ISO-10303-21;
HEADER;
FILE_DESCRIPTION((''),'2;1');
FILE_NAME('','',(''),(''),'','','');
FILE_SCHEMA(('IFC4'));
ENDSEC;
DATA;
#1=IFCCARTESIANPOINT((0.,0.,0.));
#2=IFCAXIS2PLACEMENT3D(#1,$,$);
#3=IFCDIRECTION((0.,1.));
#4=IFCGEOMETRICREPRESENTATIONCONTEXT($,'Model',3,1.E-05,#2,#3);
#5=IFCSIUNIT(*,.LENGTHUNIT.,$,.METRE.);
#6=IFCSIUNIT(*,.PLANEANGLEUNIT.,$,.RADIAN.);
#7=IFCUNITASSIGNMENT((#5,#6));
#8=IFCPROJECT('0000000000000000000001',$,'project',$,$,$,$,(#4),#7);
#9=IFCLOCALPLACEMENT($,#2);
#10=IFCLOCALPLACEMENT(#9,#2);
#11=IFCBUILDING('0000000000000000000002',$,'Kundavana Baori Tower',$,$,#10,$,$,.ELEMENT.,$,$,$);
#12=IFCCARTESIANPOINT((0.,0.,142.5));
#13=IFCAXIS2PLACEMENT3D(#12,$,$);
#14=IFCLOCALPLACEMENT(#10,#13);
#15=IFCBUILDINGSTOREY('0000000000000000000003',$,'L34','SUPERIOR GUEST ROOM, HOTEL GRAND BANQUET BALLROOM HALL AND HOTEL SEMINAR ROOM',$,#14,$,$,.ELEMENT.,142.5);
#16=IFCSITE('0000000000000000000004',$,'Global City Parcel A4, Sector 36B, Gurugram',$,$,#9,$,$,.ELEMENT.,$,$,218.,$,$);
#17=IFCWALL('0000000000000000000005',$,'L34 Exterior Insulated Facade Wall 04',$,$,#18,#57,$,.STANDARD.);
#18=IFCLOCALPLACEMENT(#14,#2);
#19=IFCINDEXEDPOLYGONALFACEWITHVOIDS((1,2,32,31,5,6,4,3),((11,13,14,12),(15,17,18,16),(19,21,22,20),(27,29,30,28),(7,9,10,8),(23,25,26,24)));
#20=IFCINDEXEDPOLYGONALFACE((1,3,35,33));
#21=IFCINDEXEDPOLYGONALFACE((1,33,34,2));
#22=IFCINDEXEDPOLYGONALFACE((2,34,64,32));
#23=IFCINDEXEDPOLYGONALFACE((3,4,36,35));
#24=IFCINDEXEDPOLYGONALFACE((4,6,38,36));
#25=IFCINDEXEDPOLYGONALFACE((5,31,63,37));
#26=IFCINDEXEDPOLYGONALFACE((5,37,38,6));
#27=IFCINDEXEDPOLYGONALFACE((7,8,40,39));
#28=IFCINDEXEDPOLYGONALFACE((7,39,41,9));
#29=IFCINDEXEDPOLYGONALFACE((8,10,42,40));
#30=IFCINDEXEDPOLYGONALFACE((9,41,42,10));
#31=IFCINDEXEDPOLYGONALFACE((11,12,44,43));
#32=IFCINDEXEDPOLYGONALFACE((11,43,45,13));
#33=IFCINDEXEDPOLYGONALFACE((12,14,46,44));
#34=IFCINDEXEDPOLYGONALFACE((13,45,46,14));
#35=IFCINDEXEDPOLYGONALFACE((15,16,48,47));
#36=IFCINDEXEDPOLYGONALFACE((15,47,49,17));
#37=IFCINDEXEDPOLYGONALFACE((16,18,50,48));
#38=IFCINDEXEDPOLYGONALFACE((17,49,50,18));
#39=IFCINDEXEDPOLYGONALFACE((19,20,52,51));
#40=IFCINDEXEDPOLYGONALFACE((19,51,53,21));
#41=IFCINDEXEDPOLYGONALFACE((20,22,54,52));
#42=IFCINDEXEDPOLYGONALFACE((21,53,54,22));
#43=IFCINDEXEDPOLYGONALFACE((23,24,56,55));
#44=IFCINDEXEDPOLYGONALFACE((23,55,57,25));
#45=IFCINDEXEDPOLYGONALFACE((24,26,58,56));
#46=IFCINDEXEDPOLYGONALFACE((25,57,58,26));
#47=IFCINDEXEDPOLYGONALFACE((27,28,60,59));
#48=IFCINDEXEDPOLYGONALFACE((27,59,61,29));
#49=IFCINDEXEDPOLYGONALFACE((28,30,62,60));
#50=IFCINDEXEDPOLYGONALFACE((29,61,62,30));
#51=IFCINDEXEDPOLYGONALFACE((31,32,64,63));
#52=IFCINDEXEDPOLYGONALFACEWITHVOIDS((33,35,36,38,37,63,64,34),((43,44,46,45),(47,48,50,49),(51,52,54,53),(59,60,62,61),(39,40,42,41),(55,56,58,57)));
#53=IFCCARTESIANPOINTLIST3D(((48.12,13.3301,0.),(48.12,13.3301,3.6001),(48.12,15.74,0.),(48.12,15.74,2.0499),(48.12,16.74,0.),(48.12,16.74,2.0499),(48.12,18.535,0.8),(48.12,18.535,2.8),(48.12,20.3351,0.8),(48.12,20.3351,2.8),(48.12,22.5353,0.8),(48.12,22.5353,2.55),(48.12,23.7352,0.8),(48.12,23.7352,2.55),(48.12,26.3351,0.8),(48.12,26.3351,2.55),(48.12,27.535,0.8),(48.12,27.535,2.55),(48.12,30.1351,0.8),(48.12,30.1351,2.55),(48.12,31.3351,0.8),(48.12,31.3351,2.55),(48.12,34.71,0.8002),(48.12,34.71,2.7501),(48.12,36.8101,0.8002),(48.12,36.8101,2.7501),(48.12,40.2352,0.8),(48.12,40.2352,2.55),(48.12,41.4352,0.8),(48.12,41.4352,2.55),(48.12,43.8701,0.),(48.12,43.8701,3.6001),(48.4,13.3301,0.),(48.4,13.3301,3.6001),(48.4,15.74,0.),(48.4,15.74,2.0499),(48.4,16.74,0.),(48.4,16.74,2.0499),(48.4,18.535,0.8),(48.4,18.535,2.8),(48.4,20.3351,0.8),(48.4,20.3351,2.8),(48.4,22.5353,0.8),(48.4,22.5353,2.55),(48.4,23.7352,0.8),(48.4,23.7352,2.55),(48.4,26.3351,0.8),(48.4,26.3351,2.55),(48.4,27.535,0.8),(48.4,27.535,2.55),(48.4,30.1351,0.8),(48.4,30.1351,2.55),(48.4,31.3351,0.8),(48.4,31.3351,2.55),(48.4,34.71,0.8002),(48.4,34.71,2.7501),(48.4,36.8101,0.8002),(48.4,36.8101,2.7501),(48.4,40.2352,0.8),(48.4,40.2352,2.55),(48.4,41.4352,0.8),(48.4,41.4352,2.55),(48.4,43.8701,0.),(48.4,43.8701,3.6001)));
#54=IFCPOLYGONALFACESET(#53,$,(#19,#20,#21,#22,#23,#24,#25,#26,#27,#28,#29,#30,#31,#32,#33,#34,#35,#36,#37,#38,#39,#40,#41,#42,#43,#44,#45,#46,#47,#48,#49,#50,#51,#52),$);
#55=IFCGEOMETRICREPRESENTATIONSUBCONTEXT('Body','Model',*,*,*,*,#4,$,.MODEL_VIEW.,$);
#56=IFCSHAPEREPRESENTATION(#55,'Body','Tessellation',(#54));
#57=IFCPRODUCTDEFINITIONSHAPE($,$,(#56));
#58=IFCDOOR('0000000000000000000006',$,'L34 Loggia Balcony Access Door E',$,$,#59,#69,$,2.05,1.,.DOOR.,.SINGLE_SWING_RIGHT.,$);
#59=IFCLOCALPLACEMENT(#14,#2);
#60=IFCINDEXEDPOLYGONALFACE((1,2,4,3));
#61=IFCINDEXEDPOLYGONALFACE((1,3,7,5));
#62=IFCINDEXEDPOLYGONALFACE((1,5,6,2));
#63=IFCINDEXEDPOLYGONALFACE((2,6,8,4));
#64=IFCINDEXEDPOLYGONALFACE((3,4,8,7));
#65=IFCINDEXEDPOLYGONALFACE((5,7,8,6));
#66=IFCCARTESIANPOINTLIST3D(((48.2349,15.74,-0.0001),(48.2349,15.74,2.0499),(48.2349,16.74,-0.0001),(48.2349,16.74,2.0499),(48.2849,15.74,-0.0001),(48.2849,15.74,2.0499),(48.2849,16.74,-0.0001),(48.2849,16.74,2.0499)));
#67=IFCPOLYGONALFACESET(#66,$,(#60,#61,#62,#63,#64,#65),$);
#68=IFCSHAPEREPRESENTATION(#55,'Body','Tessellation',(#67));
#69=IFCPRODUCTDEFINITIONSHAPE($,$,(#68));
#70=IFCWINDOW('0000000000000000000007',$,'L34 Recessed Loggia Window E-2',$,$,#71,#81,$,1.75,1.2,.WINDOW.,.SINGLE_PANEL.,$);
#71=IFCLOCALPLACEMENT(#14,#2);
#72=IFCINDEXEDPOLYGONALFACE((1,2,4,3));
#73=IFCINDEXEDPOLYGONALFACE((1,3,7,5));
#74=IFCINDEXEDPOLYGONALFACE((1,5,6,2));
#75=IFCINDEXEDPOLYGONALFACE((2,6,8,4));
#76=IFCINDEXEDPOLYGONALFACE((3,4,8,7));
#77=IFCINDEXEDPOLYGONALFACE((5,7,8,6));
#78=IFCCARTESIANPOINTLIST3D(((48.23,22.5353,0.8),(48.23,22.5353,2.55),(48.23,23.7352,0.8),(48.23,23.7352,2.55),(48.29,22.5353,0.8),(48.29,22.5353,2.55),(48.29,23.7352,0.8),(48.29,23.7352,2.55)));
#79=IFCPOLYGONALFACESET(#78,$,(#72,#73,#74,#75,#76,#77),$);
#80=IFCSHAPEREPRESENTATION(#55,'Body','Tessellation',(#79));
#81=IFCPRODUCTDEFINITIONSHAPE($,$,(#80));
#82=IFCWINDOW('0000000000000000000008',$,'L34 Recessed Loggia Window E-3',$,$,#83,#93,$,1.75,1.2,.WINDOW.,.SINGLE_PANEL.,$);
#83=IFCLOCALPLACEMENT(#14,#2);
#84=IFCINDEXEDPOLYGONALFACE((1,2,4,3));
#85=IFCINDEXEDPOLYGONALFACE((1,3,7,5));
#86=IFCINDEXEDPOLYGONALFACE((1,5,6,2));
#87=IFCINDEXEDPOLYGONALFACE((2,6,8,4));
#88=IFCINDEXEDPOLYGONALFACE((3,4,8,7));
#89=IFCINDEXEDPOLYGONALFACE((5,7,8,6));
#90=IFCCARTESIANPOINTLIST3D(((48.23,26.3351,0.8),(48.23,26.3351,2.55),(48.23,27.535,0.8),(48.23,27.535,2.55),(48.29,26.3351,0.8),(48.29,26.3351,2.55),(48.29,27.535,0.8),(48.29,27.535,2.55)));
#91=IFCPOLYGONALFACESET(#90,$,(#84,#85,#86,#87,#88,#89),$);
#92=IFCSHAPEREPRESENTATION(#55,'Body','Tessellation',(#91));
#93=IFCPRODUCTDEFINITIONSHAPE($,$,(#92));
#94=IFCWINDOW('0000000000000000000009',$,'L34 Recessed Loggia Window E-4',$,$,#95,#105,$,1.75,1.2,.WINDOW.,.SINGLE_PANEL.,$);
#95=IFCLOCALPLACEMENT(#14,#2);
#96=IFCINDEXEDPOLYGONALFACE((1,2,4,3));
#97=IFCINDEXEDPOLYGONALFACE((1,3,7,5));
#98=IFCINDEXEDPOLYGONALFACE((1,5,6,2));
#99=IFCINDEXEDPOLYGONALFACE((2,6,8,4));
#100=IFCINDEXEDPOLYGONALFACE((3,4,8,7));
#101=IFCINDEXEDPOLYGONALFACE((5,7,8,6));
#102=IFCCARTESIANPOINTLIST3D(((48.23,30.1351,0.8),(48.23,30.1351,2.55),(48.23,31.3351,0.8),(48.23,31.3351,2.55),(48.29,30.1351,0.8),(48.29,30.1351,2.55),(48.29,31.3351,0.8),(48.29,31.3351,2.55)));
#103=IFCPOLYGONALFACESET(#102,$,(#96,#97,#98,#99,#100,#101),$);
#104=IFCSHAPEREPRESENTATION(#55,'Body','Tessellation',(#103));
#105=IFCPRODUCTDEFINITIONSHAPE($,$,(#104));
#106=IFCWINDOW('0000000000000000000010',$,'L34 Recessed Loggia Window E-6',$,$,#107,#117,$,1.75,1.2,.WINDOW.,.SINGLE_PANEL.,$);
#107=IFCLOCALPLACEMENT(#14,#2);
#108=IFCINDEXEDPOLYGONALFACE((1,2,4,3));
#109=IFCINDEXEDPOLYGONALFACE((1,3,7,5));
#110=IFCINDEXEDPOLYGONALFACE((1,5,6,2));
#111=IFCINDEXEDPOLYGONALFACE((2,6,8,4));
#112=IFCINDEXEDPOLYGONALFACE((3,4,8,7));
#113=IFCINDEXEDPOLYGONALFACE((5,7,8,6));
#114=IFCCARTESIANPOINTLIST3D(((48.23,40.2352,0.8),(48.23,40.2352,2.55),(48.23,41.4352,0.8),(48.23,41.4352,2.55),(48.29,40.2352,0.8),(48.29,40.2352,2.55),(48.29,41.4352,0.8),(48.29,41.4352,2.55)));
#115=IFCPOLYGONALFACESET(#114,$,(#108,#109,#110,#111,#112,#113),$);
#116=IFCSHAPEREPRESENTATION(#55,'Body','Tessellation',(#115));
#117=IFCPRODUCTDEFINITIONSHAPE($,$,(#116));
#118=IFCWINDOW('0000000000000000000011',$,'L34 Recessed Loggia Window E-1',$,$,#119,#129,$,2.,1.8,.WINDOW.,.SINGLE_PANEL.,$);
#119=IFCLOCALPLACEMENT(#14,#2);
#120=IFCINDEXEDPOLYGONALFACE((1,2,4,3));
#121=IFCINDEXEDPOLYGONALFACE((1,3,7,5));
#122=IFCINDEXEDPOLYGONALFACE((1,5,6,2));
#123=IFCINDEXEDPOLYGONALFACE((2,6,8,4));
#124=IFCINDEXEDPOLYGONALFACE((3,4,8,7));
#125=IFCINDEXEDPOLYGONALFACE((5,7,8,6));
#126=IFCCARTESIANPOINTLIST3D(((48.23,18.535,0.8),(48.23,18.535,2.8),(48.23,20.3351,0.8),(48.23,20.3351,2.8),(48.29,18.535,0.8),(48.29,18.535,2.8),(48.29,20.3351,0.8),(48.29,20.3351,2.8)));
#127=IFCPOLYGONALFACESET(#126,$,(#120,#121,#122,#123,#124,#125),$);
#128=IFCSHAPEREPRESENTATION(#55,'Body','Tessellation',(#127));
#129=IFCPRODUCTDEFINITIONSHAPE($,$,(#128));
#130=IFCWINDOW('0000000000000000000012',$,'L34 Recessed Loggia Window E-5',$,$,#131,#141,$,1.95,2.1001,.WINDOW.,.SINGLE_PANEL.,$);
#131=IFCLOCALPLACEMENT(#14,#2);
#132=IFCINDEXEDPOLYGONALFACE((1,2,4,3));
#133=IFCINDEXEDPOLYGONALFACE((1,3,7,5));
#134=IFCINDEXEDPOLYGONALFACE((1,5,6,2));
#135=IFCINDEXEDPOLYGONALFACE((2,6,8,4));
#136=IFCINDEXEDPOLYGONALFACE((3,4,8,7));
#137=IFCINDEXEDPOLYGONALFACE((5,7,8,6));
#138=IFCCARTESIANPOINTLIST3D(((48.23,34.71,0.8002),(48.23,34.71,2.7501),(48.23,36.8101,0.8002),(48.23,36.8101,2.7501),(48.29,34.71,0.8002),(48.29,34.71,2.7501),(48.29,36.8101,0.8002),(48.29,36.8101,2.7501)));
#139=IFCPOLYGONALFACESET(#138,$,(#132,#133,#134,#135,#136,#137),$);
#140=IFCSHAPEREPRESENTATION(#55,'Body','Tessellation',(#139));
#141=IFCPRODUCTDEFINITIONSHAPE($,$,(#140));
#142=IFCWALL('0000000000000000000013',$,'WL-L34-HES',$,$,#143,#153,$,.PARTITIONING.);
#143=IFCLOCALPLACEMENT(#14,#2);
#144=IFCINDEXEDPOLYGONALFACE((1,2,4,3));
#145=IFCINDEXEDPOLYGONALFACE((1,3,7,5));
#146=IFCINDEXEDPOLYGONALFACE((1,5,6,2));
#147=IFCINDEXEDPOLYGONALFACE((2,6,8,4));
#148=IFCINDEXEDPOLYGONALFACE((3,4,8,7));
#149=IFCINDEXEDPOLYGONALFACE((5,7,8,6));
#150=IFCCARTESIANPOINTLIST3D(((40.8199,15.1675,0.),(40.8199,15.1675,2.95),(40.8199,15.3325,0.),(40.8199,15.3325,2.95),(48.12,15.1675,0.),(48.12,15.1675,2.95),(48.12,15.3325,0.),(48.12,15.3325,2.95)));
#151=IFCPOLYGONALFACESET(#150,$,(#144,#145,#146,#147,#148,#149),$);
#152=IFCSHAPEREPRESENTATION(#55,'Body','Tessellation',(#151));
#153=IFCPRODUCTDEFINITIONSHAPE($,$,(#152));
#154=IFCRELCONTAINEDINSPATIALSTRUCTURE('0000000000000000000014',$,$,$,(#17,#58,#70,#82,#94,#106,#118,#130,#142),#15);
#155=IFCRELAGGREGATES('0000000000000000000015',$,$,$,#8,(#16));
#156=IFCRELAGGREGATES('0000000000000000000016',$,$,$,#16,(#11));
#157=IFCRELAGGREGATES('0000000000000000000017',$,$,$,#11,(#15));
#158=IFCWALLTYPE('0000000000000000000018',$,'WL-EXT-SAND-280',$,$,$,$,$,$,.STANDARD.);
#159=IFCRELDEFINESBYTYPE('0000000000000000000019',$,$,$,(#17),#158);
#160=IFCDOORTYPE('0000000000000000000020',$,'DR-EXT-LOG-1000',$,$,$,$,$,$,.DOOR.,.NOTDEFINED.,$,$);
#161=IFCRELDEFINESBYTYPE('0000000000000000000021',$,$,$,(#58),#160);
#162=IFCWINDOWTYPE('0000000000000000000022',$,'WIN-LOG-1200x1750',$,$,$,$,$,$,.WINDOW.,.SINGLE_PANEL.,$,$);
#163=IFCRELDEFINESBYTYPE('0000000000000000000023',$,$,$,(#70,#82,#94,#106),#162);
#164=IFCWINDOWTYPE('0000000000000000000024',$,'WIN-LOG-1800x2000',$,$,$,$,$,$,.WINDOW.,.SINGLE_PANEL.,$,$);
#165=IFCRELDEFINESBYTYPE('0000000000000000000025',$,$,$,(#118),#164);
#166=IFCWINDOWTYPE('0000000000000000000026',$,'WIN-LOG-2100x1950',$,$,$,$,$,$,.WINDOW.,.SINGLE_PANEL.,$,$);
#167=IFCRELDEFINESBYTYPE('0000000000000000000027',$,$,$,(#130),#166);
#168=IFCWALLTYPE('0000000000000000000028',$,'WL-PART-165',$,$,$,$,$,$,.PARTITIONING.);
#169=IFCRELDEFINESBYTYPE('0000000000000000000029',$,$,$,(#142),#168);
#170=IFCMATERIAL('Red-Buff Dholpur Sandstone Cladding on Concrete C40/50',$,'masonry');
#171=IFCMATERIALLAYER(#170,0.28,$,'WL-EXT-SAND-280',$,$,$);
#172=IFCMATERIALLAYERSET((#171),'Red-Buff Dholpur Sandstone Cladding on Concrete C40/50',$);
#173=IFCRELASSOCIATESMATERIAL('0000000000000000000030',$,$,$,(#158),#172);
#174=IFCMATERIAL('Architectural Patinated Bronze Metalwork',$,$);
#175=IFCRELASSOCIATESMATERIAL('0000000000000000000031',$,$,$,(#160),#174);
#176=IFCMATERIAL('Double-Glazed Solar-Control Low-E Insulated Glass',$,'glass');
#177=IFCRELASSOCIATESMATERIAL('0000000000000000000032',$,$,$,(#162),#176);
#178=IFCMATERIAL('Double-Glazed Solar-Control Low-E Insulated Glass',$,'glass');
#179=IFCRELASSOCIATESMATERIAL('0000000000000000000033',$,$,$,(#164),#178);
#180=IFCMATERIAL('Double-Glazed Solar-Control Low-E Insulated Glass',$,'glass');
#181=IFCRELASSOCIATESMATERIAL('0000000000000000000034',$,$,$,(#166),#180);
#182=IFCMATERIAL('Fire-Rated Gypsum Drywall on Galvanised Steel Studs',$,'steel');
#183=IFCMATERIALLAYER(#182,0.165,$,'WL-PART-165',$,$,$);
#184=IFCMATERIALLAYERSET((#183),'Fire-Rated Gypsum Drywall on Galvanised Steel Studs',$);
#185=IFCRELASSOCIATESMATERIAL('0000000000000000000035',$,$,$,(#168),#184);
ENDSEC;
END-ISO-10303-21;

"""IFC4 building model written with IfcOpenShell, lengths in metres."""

from ifc_helpers import new_model, si_unit, direction, frame, frame_2d, origin, place, context, subcontext, project, spatial, rectangle, extrude, material, layer, layer_set, type_object, element, fill, save


model = new_model("IFC4")

# Units and contexts
model_context = context("Model", 3, precision=1e-05, world=origin(), true_north=direction((0.0, 1.0)))
body_context = subcontext(model_context, "Body", "Model", "MODEL_VIEW")
ifc_project = project(units=[si_unit("LENGTHUNIT", "METRE"), si_unit("PLANEANGLEUNIT", "RADIAN")], contexts=[model_context])

# Site, building, storey
site_placement = place(None, origin())
site = spatial("IfcSite", under=ifc_project, at=site_placement, Name="Global City Parcel A4, Sector 36B, Gurugram", CompositionType="ELEMENT", RefElevation=218.0)
building_placement = place(site_placement, origin())
building = spatial("IfcBuilding", under=site, at=building_placement, Name="Kundavana Baori Tower", CompositionType="ELEMENT")
storey_placement = place(building_placement, frame((0.0, 0.0, 142.5)))
storey = spatial("IfcBuildingStorey", under=building, at=storey_placement, Name="L34", Description="SUPERIOR GUEST ROOM, HOTEL GRAND BANQUET BALLROOM HALL AND HOTEL SEMINAR ROOM", CompositionType="ELEMENT", Elevation=142.5)

# Shared definitions
ifc_material_1 = material(Name="Red-Buff Dholpur Sandstone Cladding on Concrete C40/50", Category="masonry")
ifc_layer_1 = layer(ifc_material_1, 0.28, Name="WL-EXT-SAND-280")
ifc_layer_set_1 = layer_set([ifc_layer_1], Name="Red-Buff Dholpur Sandstone Cladding on Concrete C40/50")
wall_type_1 = type_object("IfcWallType", Name="WL-EXT-SAND-280", PredefinedType="STANDARD", material=ifc_layer_set_1)

# Wall, openings, door, windows
wall_1_placement = place(storey_placement, frame((48.26, 13.3301, 0.0), z_axis=(0.0, 0.0, 1.0), x_axis=(0.0, 1.0, 0.0)))
wall_1 = element("IfcWall", 1, at=wall_1_placement, inside=storey, type_object=wall_type_1, Name="L34 Exterior Insulated Facade Wall 04", PredefinedType="STANDARD", context=body_context, shape_type="SweptSolid", body=[
    extrude(rectangle(XDim=30.54, YDim=0.28, at=frame_2d((15.27, 0.0))), origin(), (0.0, 0.0, 1.0), 3.6001),
])
opening_1_placement = place(wall_1_placement, frame((2.4099, 0.0, 0.0)))
opening_1 = element("IfcOpeningElement", 2, at=opening_1_placement, cuts=wall_1, PredefinedType="OPENING", context=body_context, shape_type="SweptSolid", body=[
    extrude(rectangle(XDim=1.0, YDim=2.05, at=frame_2d((0.5, 1.0249))), frame((0.0, 0.1499, 0.0), z_axis=(0.0, -1.0, 0.0), x_axis=(1.0, 0.0, 0.0)), (0.0, 0.0, 1.0), 0.3),
])
opening_2_placement = place(wall_1_placement, frame((5.2051, 0.0, 0.8)))
opening_2 = element("IfcOpeningElement", 3, at=opening_2_placement, cuts=wall_1, PredefinedType="OPENING", context=body_context, shape_type="SweptSolid", body=[
    extrude(rectangle(XDim=1.8, YDim=2.0, at=frame_2d((0.8999, 1.0))), frame((0.0, 0.1499, 0.0), z_axis=(0.0, -1.0, 0.0), x_axis=(1.0, 0.0, 0.0)), (0.0, 0.0, 1.0), 0.3),
])
opening_3_placement = place(wall_1_placement, frame((9.2051, 0.0, 0.8)))
opening_3 = element("IfcOpeningElement", 4, at=opening_3_placement, cuts=wall_1, PredefinedType="OPENING", context=body_context, shape_type="SweptSolid", body=[
    extrude(rectangle(XDim=1.2, YDim=1.75, at=frame_2d((0.6001, 0.875))), frame((0.0, 0.1499, 0.0), z_axis=(0.0, -1.0, 0.0), x_axis=(1.0, 0.0, 0.0)), (0.0, 0.0, 1.0), 0.3),
])
opening_4_placement = place(wall_1_placement, frame((13.0049, 0.0, 0.8)))
opening_4 = element("IfcOpeningElement", 5, at=opening_4_placement, cuts=wall_1, PredefinedType="OPENING", context=body_context, shape_type="SweptSolid", body=[
    extrude(rectangle(XDim=1.2, YDim=1.75, at=frame_2d((0.6001, 0.875))), frame((0.0, 0.1499, 0.0), z_axis=(0.0, -1.0, 0.0), x_axis=(1.0, 0.0, 0.0)), (0.0, 0.0, 1.0), 0.3),
])
opening_5_placement = place(wall_1_placement, frame((16.8049, 0.0, 0.8)))
opening_5 = element("IfcOpeningElement", 6, at=opening_5_placement, cuts=wall_1, PredefinedType="OPENING", context=body_context, shape_type="SweptSolid", body=[
    extrude(rectangle(XDim=1.2, YDim=1.75, at=frame_2d((0.6001, 0.875))), frame((0.0, 0.1499, 0.0), z_axis=(0.0, -1.0, 0.0), x_axis=(1.0, 0.0, 0.0)), (0.0, 0.0, 1.0), 0.3),
])
opening_6_placement = place(wall_1_placement, frame((21.3799, 0.0, 0.8)))
opening_6 = element("IfcOpeningElement", 7, at=opening_6_placement, cuts=wall_1, PredefinedType="OPENING", context=body_context, shape_type="SweptSolid", body=[
    extrude(rectangle(XDim=2.1001, YDim=1.95, at=frame_2d((1.05, 0.9751))), frame((0.0, 0.1499, 0.0), z_axis=(0.0, -1.0, 0.0), x_axis=(1.0, 0.0, 0.0)), (0.0, 0.0, 1.0), 0.3),
])
opening_7_placement = place(wall_1_placement, frame((26.905, 0.0, 0.8)))
opening_7 = element("IfcOpeningElement", 8, at=opening_7_placement, cuts=wall_1, PredefinedType="OPENING", context=body_context, shape_type="SweptSolid", body=[
    extrude(rectangle(XDim=1.2, YDim=1.75, at=frame_2d((0.6001, 0.875))), frame((0.0, 0.1499, 0.0), z_axis=(0.0, -1.0, 0.0), x_axis=(1.0, 0.0, 0.0)), (0.0, 0.0, 1.0), 0.3),
])
ifc_material_2 = material(Name="Architectural Patinated Bronze Metalwork")
door_type = type_object("IfcDoorType", Name="DR-EXT-LOG-1000", OperationType="NOTDEFINED", PredefinedType="DOOR", material=ifc_material_2)
door_placement = place(opening_1_placement, frame((1.0, 0.0, 0.0), z_axis=(0.0, 0.0, 1.0), x_axis=(-1.0, 0.0, 0.0)))
door = element("IfcDoor", 9, at=door_placement, inside=storey, type_object=door_type, Name="L34 Loggia Balcony Access Door E", OperationType="SINGLE_SWING_RIGHT", OverallHeight=2.05, OverallWidth=1.0, PredefinedType="DOOR", context=body_context, shape_type="SweptSolid", body=[
    extrude(rectangle(XDim=1.0, YDim=2.05, at=frame_2d((0.5, 1.0249))), frame((0.0, 0.0249, 0.0), z_axis=(0.0, -1.0, 0.0), x_axis=(1.0, 0.0, 0.0)), (0.0, 0.0, 1.0), 0.05),
])
fill(opening_1, door)
ifc_material_3 = material(Name="Double-Glazed Solar-Control Low-E Insulated Glass", Category="glass")
window_type_1 = type_object("IfcWindowType", Name="WIN-LOG-1200x1750", PartitioningType="SINGLE_PANEL", PredefinedType="WINDOW", material=ifc_material_3)
window_1_placement = place(opening_3_placement, origin())
window_1 = element("IfcWindow", 10, at=window_1_placement, inside=storey, type_object=window_type_1, Name="L34 Recessed Loggia Window E-2", OverallHeight=1.75, OverallWidth=1.2, PartitioningType="SINGLE_PANEL", PredefinedType="WINDOW", context=body_context, shape_type="SweptSolid", body=[
    extrude(rectangle(XDim=1.2, YDim=1.75, at=frame_2d((0.6001, 0.875))), frame((0.0, 0.03, 0.0), z_axis=(0.0, -1.0, 0.0), x_axis=(1.0, 0.0, 0.0)), (0.0, 0.0, 1.0), 0.0601),
])
fill(opening_3, window_1)
window_2_placement = place(opening_4_placement, origin())
window_2 = element("IfcWindow", 11, at=window_2_placement, inside=storey, type_object=window_type_1, Name="L34 Recessed Loggia Window E-3", OverallHeight=1.75, OverallWidth=1.2, PartitioningType="SINGLE_PANEL", PredefinedType="WINDOW", context=body_context, shape_type="SweptSolid", body=[
    extrude(rectangle(XDim=1.2, YDim=1.75, at=frame_2d((0.6001, 0.875))), frame((0.0, 0.03, 0.0), z_axis=(0.0, -1.0, 0.0), x_axis=(1.0, 0.0, 0.0)), (0.0, 0.0, 1.0), 0.0601),
])
fill(opening_4, window_2)
window_3_placement = place(opening_5_placement, origin())
window_3 = element("IfcWindow", 12, at=window_3_placement, inside=storey, type_object=window_type_1, Name="L34 Recessed Loggia Window E-4", OverallHeight=1.75, OverallWidth=1.2, PartitioningType="SINGLE_PANEL", PredefinedType="WINDOW", context=body_context, shape_type="SweptSolid", body=[
    extrude(rectangle(XDim=1.2, YDim=1.75, at=frame_2d((0.6001, 0.875))), frame((0.0, 0.03, 0.0), z_axis=(0.0, -1.0, 0.0), x_axis=(1.0, 0.0, 0.0)), (0.0, 0.0, 1.0), 0.0601),
])
fill(opening_5, window_3)
window_4_placement = place(opening_7_placement, origin())
window_4 = element("IfcWindow", 13, at=window_4_placement, inside=storey, type_object=window_type_1, Name="L34 Recessed Loggia Window E-6", OverallHeight=1.75, OverallWidth=1.2, PartitioningType="SINGLE_PANEL", PredefinedType="WINDOW", context=body_context, shape_type="SweptSolid", body=[
    extrude(rectangle(XDim=1.2, YDim=1.75, at=frame_2d((0.6001, 0.875))), frame((0.0, 0.03, 0.0), z_axis=(0.0, -1.0, 0.0), x_axis=(1.0, 0.0, 0.0)), (0.0, 0.0, 1.0), 0.0601),
])
fill(opening_7, window_4)
ifc_material_4 = material(Name="Double-Glazed Solar-Control Low-E Insulated Glass", Category="glass")
window_type_2 = type_object("IfcWindowType", Name="WIN-LOG-1800x2000", PartitioningType="SINGLE_PANEL", PredefinedType="WINDOW", material=ifc_material_4)
window_5_placement = place(opening_2_placement, origin())
window_5 = element("IfcWindow", 14, at=window_5_placement, inside=storey, type_object=window_type_2, Name="L34 Recessed Loggia Window E-1", OverallHeight=2.0, OverallWidth=1.8, PartitioningType="SINGLE_PANEL", PredefinedType="WINDOW", context=body_context, shape_type="SweptSolid", body=[
    extrude(rectangle(XDim=1.8, YDim=2.0, at=frame_2d((0.8999, 1.0))), frame((0.0, 0.03, 0.0), z_axis=(0.0, -1.0, 0.0), x_axis=(1.0, 0.0, 0.0)), (0.0, 0.0, 1.0), 0.0601),
])
fill(opening_2, window_5)
ifc_material_5 = material(Name="Double-Glazed Solar-Control Low-E Insulated Glass", Category="glass")
window_type_3 = type_object("IfcWindowType", Name="WIN-LOG-2100x1950", PartitioningType="SINGLE_PANEL", PredefinedType="WINDOW", material=ifc_material_5)
window_6_placement = place(opening_6_placement, origin())
window_6 = element("IfcWindow", 15, at=window_6_placement, inside=storey, type_object=window_type_3, Name="L34 Recessed Loggia Window E-5", OverallHeight=1.95, OverallWidth=2.1001, PartitioningType="SINGLE_PANEL", PredefinedType="WINDOW", context=body_context, shape_type="SweptSolid", body=[
    extrude(rectangle(XDim=2.1001, YDim=1.95, at=frame_2d((1.05, 0.9751))), frame((0.0, 0.03, 0.0), z_axis=(0.0, -1.0, 0.0), x_axis=(1.0, 0.0, 0.0)), (0.0, 0.0, 1.0), 0.0601),
])
fill(opening_6, window_6)

# Wall
ifc_material_6 = material(Name="Fire-Rated Gypsum Drywall on Galvanised Steel Studs", Category="steel")
ifc_layer_2 = layer(ifc_material_6, 0.165, Name="WL-PART-165")
ifc_layer_set_2 = layer_set([ifc_layer_2], Name="Fire-Rated Gypsum Drywall on Galvanised Steel Studs")
wall_type_2 = type_object("IfcWallType", Name="WL-PART-165", PredefinedType="PARTITIONING", material=ifc_layer_set_2)
wall_2_placement = place(storey_placement, frame((40.8201, 15.25, 0.0), z_axis=(0.0, 0.0, 1.0), x_axis=(1.0, 0.0, 0.0)))
element("IfcWall", 16, at=wall_2_placement, inside=storey, type_object=wall_type_2, Name="WL-L34-HES", PredefinedType="PARTITIONING", context=body_context, shape_type="SweptSolid", body=[
    extrude(rectangle(XDim=7.3, YDim=0.165, at=frame_2d((3.6499, 0.0))), origin(), (0.0, 0.0, 1.0), 2.95),
])

save(model, "model.ifc")
